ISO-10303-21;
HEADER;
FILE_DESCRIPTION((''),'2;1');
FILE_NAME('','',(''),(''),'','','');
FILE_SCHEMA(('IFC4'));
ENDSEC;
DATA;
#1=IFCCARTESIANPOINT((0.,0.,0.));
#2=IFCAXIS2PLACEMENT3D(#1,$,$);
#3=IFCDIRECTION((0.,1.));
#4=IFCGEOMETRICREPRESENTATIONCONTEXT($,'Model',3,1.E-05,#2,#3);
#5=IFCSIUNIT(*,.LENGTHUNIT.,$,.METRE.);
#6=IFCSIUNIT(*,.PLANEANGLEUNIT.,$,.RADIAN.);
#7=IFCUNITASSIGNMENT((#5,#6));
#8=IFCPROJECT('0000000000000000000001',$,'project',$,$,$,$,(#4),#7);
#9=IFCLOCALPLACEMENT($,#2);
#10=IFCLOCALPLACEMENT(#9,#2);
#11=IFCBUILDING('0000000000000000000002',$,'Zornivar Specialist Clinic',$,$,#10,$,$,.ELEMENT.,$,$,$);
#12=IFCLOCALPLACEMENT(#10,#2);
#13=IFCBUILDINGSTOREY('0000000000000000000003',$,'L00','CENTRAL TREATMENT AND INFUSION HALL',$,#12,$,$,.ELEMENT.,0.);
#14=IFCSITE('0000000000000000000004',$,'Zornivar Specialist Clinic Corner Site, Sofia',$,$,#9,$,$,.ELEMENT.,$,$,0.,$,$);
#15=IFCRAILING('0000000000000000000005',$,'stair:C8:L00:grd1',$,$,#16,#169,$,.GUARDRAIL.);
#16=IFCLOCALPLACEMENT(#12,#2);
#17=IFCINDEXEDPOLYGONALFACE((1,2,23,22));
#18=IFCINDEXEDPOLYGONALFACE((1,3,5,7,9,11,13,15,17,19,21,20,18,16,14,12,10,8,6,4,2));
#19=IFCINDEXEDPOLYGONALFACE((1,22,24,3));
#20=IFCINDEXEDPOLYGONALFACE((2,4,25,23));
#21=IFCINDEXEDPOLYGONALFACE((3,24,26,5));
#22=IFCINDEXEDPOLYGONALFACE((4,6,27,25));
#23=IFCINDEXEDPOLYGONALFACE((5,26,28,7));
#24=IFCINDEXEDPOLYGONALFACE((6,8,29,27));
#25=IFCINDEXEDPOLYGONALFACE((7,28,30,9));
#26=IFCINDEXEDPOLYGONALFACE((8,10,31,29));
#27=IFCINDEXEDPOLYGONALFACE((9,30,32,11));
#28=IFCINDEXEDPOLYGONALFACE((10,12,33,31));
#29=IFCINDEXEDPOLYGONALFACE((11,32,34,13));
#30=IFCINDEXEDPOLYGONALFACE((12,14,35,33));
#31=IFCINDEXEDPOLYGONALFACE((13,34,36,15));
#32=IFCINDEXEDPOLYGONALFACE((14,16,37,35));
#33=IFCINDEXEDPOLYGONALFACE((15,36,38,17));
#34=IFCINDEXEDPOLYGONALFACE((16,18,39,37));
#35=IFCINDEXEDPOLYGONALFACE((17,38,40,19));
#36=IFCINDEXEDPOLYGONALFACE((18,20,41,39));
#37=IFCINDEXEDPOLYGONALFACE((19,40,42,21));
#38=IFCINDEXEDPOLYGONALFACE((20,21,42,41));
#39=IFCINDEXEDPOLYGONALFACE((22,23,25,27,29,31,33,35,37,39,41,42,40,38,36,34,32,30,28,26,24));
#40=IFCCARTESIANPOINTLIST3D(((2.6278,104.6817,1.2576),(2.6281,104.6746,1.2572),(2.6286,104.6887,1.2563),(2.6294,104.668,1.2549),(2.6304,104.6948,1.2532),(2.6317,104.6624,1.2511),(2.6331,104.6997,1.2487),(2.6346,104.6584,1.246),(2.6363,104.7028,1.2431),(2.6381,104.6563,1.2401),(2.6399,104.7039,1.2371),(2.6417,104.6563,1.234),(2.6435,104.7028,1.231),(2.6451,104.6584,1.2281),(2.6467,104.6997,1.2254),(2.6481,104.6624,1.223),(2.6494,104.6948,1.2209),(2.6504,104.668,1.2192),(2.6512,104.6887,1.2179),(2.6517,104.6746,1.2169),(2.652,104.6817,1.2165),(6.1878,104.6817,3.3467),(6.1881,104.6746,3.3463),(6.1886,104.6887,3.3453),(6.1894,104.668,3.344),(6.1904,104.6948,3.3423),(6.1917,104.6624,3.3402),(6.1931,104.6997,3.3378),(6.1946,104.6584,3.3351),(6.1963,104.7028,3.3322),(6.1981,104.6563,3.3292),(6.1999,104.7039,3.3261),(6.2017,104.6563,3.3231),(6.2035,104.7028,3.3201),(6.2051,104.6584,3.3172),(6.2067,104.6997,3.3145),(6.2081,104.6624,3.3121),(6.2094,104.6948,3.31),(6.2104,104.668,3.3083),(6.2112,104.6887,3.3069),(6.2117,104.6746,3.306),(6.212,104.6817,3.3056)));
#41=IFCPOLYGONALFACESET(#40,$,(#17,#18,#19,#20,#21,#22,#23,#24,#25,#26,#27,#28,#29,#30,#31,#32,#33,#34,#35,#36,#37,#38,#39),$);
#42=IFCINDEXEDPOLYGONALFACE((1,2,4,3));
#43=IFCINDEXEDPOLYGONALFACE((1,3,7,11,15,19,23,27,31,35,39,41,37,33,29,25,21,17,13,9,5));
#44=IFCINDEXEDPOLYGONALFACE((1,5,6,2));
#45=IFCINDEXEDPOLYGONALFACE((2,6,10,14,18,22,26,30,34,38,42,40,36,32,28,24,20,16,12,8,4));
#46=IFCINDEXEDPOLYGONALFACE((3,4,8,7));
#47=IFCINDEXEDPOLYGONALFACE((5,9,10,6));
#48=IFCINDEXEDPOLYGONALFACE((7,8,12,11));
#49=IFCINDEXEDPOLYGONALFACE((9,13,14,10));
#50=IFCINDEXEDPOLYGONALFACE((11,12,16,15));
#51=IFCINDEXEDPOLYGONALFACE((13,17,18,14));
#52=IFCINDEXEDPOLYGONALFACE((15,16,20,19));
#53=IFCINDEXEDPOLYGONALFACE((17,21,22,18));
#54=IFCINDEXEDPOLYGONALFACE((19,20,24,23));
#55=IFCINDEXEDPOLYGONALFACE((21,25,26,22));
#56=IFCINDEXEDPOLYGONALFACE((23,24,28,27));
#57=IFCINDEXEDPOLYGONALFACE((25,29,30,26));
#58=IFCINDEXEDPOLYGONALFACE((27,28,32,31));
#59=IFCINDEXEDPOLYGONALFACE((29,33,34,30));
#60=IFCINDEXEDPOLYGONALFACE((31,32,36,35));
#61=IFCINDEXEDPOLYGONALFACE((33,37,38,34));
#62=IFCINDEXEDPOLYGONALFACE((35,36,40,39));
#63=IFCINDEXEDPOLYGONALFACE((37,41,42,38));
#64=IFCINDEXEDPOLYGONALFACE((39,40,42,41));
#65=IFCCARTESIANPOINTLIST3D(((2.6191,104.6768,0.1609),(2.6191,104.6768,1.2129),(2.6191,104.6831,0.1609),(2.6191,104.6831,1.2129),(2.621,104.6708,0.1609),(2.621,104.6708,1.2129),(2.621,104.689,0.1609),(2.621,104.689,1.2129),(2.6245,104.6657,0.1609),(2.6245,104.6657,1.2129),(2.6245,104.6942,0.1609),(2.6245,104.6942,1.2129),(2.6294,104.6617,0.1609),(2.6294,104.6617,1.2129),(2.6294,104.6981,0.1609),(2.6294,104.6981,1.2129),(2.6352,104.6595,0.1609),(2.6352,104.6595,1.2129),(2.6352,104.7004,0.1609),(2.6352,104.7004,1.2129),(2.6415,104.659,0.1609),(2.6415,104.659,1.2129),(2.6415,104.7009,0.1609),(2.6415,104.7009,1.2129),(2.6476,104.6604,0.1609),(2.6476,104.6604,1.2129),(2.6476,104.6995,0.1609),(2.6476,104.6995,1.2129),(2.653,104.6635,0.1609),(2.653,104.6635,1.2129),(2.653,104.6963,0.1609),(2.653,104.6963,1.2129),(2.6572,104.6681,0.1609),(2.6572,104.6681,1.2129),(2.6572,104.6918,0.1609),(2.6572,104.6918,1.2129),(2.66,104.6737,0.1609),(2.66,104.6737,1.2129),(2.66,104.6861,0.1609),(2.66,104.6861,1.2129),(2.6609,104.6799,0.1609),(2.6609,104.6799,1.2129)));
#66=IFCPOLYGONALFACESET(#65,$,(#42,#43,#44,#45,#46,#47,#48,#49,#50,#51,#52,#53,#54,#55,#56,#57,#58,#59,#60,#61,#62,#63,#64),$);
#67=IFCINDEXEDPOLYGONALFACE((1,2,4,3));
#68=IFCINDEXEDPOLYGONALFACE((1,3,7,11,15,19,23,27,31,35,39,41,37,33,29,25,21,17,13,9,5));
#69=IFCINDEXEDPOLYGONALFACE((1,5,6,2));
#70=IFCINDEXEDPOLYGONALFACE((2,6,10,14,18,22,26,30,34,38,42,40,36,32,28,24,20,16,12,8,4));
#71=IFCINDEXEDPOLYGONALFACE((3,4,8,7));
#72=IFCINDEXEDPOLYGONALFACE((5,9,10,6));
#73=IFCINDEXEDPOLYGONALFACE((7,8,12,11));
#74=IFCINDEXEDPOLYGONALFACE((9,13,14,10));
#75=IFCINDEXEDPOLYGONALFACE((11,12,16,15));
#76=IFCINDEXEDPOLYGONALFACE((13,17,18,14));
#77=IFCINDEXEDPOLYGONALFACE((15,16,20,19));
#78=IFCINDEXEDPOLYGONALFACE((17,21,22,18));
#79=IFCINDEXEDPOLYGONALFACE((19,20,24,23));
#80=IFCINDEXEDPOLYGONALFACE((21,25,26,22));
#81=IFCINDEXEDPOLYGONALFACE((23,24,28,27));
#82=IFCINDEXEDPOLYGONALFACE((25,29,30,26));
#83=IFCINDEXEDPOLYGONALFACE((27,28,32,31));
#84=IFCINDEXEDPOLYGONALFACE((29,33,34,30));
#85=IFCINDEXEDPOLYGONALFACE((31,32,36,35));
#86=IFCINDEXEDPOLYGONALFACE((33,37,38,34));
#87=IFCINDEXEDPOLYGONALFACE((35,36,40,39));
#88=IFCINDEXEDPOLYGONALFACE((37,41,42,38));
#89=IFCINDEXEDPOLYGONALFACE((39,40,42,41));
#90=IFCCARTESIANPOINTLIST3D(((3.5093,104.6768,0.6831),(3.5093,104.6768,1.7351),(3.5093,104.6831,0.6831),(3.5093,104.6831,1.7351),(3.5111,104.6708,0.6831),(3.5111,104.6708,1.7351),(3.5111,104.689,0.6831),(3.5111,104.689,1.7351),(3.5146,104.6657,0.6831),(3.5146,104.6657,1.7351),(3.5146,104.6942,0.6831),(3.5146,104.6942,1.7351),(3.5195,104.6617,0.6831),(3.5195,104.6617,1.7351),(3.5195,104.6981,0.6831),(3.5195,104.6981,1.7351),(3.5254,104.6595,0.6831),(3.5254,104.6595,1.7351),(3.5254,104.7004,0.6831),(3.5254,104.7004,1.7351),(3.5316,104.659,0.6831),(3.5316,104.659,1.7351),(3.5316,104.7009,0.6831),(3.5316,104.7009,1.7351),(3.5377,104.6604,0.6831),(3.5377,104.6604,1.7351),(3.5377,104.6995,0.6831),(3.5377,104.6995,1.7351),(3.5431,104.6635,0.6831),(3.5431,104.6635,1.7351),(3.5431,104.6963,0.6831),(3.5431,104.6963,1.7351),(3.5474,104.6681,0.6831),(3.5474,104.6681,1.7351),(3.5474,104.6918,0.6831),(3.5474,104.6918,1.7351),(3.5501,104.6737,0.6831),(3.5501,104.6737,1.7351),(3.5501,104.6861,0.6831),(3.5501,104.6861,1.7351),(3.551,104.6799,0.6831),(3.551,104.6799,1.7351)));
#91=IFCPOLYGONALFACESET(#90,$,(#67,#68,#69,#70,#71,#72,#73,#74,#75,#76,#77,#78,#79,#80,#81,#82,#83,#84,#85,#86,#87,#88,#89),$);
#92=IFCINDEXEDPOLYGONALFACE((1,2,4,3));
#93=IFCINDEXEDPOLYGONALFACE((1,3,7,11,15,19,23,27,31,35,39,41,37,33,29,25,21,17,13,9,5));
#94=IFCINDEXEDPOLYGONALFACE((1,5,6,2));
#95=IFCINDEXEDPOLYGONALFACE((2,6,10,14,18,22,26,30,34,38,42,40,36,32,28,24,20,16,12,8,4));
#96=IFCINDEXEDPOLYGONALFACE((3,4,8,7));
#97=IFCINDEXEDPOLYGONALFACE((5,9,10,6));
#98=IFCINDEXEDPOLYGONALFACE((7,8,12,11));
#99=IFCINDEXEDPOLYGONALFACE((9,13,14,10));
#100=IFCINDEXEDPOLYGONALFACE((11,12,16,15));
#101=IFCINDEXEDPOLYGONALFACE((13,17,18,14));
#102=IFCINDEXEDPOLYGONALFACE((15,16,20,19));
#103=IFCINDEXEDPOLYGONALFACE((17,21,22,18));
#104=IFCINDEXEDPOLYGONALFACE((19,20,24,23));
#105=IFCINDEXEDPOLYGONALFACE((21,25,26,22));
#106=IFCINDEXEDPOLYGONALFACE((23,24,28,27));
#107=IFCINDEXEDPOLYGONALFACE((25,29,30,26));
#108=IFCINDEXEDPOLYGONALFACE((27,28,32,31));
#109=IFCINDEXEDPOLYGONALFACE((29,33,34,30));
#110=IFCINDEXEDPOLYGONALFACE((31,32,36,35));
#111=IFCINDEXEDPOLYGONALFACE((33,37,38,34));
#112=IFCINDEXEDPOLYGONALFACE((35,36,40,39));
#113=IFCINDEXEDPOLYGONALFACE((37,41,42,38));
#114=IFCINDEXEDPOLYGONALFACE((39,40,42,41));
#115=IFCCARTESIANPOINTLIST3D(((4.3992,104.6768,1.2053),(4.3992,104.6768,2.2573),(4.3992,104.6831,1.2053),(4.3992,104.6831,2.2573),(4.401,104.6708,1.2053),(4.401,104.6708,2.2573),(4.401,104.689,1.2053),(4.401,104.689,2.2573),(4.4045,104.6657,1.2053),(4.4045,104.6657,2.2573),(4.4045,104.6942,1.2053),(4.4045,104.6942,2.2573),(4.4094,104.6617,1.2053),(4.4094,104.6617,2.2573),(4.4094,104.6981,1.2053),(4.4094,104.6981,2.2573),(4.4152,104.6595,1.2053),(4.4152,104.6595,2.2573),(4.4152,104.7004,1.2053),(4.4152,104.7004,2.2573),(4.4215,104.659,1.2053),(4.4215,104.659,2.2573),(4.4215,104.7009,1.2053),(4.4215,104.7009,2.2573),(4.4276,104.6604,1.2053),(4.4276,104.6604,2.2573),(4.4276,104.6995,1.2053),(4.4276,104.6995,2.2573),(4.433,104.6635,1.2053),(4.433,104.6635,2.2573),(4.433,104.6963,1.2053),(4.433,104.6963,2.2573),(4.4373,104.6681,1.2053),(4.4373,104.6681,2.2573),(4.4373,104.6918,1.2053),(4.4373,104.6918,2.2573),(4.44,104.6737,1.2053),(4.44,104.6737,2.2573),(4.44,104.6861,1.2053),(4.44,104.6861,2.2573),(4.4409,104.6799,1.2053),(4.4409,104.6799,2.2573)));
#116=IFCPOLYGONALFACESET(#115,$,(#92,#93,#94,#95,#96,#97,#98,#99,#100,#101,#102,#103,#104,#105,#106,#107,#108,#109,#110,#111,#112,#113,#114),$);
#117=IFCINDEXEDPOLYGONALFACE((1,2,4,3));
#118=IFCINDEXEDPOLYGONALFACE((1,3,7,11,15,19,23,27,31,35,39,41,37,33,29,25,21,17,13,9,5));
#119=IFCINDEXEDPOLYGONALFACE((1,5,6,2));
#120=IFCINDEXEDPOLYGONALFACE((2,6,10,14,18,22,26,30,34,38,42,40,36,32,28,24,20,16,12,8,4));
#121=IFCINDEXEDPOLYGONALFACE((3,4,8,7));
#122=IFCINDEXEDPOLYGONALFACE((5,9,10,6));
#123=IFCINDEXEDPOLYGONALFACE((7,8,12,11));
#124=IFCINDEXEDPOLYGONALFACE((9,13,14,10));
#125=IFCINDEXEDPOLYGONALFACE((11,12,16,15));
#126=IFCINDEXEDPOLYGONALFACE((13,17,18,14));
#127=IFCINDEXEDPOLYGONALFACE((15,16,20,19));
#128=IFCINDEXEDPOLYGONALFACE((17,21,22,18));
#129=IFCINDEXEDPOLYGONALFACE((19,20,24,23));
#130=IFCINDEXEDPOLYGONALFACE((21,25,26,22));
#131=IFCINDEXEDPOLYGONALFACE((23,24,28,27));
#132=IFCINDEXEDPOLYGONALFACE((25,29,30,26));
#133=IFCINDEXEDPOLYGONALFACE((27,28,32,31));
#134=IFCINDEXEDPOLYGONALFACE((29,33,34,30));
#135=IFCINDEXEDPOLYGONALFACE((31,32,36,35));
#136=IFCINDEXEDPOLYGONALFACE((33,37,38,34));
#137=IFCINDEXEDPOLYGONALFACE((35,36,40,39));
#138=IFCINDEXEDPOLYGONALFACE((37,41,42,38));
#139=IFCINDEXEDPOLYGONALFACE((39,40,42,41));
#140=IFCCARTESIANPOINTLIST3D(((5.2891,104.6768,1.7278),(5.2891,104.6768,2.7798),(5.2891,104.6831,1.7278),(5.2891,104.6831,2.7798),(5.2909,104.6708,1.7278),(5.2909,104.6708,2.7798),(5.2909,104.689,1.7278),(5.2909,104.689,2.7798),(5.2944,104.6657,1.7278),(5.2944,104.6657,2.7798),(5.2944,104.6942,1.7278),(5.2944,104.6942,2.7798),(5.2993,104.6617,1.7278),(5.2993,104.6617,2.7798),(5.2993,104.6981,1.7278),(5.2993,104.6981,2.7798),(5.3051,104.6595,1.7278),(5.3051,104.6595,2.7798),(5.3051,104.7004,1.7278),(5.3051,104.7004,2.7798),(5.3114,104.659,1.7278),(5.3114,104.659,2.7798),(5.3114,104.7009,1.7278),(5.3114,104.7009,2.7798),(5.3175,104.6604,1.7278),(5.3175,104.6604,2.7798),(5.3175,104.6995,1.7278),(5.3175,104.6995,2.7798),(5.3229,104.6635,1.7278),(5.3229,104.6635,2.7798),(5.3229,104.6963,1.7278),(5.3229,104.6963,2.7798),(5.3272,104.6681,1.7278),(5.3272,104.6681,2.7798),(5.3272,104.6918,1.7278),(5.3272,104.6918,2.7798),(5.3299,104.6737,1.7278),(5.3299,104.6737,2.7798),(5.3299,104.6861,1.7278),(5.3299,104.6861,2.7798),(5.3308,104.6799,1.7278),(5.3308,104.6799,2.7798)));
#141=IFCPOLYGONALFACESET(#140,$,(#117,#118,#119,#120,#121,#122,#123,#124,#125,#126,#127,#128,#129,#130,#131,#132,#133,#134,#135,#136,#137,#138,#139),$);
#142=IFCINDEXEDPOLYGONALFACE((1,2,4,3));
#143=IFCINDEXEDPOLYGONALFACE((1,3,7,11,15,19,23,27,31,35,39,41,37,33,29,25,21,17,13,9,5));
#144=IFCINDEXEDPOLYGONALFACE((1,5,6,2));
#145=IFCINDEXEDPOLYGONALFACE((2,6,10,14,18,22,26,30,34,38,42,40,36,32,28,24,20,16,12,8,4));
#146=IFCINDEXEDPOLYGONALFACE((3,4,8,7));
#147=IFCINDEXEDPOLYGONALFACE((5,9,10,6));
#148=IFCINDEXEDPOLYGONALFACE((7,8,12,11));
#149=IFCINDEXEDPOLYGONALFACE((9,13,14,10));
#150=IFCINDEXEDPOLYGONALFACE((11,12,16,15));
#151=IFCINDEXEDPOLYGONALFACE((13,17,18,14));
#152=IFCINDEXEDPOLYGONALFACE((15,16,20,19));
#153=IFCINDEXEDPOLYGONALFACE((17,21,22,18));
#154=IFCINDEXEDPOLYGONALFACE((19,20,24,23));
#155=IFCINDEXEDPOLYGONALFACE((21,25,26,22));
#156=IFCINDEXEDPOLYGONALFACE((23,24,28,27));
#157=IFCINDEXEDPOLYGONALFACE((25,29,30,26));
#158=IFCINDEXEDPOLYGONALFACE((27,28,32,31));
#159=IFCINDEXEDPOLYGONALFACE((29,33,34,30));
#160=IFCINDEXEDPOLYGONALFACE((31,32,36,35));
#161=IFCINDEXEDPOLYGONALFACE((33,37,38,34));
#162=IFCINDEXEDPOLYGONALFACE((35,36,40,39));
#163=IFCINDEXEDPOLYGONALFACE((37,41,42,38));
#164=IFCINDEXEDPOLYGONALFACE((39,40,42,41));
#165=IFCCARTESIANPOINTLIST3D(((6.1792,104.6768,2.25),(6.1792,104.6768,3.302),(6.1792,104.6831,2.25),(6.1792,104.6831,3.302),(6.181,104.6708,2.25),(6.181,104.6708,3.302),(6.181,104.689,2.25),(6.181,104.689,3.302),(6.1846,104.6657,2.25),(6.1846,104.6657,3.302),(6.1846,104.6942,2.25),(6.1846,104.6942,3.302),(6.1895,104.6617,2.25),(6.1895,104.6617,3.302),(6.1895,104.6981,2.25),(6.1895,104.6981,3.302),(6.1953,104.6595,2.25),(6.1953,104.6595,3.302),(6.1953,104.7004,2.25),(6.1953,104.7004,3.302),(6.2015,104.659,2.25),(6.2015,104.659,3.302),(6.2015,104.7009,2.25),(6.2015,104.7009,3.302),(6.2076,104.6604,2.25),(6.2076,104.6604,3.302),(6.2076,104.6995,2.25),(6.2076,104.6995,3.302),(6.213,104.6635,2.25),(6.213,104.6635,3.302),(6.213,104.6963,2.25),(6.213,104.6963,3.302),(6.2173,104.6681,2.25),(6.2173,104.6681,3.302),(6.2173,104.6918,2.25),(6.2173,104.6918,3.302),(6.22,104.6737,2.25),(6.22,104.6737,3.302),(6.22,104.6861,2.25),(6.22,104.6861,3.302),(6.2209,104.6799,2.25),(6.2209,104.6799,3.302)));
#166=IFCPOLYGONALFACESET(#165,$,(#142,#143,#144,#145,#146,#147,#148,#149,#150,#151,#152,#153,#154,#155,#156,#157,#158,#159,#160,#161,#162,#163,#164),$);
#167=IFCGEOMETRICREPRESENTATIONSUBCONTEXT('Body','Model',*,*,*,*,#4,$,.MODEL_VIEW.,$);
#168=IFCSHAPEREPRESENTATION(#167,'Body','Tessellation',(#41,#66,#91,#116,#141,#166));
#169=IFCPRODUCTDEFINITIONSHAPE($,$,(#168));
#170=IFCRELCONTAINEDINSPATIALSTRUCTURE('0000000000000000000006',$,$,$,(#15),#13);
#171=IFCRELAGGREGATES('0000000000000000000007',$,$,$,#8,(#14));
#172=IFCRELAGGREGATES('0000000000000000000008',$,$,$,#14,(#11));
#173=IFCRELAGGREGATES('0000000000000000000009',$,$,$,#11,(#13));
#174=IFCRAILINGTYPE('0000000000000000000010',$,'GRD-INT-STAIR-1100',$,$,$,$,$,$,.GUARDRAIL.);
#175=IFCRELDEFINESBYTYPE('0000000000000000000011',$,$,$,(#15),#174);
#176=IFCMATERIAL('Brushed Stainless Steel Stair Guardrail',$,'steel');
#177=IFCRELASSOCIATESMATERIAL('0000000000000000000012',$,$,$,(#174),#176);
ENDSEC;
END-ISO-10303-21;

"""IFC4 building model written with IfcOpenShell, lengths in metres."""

from ifc_helpers import new_model, si_unit, direction, frame, origin, origin_2d, place, context, subcontext, project, spatial, circle, extrude, material, type_object, element, save


model = new_model("IFC4")

# Units and contexts
model_context = context("Model", 3, precision=1e-05, world=origin(), true_north=direction((0.0, 1.0)))
body_context = subcontext(model_context, "Body", "Model", "MODEL_VIEW")
ifc_project = project(units=[si_unit("LENGTHUNIT", "METRE"), si_unit("PLANEANGLEUNIT", "RADIAN")], contexts=[model_context])

# Site, building, storey
site_placement = place(None, origin())
site = spatial("IfcSite", under=ifc_project, at=site_placement, Name="Zornivar Specialist Clinic Corner Site, Sofia", CompositionType="ELEMENT", RefElevation=0.0)
building_placement = place(site_placement, origin())
building = spatial("IfcBuilding", under=site, at=building_placement, Name="Zornivar Specialist Clinic", CompositionType="ELEMENT")
storey_placement = place(building_placement, origin())
storey = spatial("IfcBuildingStorey", under=building, at=storey_placement, Name="L00", Description="CENTRAL TREATMENT AND INFUSION HALL", CompositionType="ELEMENT", Elevation=0.0)

# Railing
ifc_material_1 = material(Name="Brushed Stainless Steel Stair Guardrail", Category="steel")
railing_type_1 = type_object("IfcRailingType", Name="GRD-INT-STAIR-1100", PredefinedType="GUARDRAIL", material=ifc_material_1)
railing_1_placement = place(storey_placement, frame((2.6399, 104.6799, 0.1609)))
element("IfcRailing", 1, at=railing_1_placement, inside=storey, type_object=railing_type_1, Name="stair:C8:L00:grd1", PredefinedType="GUARDRAIL", context=body_context, shape_type="SweptSolid", body=[
    extrude(circle(Radius=0.0239, at=origin_2d()), frame((0.0, 0.0, 1.0762), z_axis=(0.862467, 0.0, 0.506113), x_axis=(0.0, 1.0, 0.0)), (0.0, 0.0, 1.0), 4.1277),
    extrude(circle(Radius=0.021, at=origin_2d()), origin(), (0.0, 0.0, 1.0), 1.052),
    extrude(circle(Radius=0.021, at=origin_2d()), frame((0.8901, 0.0, 0.5222)), (0.0, 0.0, 1.0), 1.052),
    extrude(circle(Radius=0.021, at=origin_2d()), frame((1.78, 0.0, 1.0444)), (0.0, 0.0, 1.0), 1.052),
    extrude(circle(Radius=0.021, at=origin_2d()), frame((2.6699, 0.0, 1.5669)), (0.0, 0.0, 1.0), 1.052),
    extrude(circle(Radius=0.021, at=origin_2d()), frame((3.5601, 0.0, 2.0891)), (0.0, 0.0, 1.0), 1.052),
])

save(model, "model.ifc")
